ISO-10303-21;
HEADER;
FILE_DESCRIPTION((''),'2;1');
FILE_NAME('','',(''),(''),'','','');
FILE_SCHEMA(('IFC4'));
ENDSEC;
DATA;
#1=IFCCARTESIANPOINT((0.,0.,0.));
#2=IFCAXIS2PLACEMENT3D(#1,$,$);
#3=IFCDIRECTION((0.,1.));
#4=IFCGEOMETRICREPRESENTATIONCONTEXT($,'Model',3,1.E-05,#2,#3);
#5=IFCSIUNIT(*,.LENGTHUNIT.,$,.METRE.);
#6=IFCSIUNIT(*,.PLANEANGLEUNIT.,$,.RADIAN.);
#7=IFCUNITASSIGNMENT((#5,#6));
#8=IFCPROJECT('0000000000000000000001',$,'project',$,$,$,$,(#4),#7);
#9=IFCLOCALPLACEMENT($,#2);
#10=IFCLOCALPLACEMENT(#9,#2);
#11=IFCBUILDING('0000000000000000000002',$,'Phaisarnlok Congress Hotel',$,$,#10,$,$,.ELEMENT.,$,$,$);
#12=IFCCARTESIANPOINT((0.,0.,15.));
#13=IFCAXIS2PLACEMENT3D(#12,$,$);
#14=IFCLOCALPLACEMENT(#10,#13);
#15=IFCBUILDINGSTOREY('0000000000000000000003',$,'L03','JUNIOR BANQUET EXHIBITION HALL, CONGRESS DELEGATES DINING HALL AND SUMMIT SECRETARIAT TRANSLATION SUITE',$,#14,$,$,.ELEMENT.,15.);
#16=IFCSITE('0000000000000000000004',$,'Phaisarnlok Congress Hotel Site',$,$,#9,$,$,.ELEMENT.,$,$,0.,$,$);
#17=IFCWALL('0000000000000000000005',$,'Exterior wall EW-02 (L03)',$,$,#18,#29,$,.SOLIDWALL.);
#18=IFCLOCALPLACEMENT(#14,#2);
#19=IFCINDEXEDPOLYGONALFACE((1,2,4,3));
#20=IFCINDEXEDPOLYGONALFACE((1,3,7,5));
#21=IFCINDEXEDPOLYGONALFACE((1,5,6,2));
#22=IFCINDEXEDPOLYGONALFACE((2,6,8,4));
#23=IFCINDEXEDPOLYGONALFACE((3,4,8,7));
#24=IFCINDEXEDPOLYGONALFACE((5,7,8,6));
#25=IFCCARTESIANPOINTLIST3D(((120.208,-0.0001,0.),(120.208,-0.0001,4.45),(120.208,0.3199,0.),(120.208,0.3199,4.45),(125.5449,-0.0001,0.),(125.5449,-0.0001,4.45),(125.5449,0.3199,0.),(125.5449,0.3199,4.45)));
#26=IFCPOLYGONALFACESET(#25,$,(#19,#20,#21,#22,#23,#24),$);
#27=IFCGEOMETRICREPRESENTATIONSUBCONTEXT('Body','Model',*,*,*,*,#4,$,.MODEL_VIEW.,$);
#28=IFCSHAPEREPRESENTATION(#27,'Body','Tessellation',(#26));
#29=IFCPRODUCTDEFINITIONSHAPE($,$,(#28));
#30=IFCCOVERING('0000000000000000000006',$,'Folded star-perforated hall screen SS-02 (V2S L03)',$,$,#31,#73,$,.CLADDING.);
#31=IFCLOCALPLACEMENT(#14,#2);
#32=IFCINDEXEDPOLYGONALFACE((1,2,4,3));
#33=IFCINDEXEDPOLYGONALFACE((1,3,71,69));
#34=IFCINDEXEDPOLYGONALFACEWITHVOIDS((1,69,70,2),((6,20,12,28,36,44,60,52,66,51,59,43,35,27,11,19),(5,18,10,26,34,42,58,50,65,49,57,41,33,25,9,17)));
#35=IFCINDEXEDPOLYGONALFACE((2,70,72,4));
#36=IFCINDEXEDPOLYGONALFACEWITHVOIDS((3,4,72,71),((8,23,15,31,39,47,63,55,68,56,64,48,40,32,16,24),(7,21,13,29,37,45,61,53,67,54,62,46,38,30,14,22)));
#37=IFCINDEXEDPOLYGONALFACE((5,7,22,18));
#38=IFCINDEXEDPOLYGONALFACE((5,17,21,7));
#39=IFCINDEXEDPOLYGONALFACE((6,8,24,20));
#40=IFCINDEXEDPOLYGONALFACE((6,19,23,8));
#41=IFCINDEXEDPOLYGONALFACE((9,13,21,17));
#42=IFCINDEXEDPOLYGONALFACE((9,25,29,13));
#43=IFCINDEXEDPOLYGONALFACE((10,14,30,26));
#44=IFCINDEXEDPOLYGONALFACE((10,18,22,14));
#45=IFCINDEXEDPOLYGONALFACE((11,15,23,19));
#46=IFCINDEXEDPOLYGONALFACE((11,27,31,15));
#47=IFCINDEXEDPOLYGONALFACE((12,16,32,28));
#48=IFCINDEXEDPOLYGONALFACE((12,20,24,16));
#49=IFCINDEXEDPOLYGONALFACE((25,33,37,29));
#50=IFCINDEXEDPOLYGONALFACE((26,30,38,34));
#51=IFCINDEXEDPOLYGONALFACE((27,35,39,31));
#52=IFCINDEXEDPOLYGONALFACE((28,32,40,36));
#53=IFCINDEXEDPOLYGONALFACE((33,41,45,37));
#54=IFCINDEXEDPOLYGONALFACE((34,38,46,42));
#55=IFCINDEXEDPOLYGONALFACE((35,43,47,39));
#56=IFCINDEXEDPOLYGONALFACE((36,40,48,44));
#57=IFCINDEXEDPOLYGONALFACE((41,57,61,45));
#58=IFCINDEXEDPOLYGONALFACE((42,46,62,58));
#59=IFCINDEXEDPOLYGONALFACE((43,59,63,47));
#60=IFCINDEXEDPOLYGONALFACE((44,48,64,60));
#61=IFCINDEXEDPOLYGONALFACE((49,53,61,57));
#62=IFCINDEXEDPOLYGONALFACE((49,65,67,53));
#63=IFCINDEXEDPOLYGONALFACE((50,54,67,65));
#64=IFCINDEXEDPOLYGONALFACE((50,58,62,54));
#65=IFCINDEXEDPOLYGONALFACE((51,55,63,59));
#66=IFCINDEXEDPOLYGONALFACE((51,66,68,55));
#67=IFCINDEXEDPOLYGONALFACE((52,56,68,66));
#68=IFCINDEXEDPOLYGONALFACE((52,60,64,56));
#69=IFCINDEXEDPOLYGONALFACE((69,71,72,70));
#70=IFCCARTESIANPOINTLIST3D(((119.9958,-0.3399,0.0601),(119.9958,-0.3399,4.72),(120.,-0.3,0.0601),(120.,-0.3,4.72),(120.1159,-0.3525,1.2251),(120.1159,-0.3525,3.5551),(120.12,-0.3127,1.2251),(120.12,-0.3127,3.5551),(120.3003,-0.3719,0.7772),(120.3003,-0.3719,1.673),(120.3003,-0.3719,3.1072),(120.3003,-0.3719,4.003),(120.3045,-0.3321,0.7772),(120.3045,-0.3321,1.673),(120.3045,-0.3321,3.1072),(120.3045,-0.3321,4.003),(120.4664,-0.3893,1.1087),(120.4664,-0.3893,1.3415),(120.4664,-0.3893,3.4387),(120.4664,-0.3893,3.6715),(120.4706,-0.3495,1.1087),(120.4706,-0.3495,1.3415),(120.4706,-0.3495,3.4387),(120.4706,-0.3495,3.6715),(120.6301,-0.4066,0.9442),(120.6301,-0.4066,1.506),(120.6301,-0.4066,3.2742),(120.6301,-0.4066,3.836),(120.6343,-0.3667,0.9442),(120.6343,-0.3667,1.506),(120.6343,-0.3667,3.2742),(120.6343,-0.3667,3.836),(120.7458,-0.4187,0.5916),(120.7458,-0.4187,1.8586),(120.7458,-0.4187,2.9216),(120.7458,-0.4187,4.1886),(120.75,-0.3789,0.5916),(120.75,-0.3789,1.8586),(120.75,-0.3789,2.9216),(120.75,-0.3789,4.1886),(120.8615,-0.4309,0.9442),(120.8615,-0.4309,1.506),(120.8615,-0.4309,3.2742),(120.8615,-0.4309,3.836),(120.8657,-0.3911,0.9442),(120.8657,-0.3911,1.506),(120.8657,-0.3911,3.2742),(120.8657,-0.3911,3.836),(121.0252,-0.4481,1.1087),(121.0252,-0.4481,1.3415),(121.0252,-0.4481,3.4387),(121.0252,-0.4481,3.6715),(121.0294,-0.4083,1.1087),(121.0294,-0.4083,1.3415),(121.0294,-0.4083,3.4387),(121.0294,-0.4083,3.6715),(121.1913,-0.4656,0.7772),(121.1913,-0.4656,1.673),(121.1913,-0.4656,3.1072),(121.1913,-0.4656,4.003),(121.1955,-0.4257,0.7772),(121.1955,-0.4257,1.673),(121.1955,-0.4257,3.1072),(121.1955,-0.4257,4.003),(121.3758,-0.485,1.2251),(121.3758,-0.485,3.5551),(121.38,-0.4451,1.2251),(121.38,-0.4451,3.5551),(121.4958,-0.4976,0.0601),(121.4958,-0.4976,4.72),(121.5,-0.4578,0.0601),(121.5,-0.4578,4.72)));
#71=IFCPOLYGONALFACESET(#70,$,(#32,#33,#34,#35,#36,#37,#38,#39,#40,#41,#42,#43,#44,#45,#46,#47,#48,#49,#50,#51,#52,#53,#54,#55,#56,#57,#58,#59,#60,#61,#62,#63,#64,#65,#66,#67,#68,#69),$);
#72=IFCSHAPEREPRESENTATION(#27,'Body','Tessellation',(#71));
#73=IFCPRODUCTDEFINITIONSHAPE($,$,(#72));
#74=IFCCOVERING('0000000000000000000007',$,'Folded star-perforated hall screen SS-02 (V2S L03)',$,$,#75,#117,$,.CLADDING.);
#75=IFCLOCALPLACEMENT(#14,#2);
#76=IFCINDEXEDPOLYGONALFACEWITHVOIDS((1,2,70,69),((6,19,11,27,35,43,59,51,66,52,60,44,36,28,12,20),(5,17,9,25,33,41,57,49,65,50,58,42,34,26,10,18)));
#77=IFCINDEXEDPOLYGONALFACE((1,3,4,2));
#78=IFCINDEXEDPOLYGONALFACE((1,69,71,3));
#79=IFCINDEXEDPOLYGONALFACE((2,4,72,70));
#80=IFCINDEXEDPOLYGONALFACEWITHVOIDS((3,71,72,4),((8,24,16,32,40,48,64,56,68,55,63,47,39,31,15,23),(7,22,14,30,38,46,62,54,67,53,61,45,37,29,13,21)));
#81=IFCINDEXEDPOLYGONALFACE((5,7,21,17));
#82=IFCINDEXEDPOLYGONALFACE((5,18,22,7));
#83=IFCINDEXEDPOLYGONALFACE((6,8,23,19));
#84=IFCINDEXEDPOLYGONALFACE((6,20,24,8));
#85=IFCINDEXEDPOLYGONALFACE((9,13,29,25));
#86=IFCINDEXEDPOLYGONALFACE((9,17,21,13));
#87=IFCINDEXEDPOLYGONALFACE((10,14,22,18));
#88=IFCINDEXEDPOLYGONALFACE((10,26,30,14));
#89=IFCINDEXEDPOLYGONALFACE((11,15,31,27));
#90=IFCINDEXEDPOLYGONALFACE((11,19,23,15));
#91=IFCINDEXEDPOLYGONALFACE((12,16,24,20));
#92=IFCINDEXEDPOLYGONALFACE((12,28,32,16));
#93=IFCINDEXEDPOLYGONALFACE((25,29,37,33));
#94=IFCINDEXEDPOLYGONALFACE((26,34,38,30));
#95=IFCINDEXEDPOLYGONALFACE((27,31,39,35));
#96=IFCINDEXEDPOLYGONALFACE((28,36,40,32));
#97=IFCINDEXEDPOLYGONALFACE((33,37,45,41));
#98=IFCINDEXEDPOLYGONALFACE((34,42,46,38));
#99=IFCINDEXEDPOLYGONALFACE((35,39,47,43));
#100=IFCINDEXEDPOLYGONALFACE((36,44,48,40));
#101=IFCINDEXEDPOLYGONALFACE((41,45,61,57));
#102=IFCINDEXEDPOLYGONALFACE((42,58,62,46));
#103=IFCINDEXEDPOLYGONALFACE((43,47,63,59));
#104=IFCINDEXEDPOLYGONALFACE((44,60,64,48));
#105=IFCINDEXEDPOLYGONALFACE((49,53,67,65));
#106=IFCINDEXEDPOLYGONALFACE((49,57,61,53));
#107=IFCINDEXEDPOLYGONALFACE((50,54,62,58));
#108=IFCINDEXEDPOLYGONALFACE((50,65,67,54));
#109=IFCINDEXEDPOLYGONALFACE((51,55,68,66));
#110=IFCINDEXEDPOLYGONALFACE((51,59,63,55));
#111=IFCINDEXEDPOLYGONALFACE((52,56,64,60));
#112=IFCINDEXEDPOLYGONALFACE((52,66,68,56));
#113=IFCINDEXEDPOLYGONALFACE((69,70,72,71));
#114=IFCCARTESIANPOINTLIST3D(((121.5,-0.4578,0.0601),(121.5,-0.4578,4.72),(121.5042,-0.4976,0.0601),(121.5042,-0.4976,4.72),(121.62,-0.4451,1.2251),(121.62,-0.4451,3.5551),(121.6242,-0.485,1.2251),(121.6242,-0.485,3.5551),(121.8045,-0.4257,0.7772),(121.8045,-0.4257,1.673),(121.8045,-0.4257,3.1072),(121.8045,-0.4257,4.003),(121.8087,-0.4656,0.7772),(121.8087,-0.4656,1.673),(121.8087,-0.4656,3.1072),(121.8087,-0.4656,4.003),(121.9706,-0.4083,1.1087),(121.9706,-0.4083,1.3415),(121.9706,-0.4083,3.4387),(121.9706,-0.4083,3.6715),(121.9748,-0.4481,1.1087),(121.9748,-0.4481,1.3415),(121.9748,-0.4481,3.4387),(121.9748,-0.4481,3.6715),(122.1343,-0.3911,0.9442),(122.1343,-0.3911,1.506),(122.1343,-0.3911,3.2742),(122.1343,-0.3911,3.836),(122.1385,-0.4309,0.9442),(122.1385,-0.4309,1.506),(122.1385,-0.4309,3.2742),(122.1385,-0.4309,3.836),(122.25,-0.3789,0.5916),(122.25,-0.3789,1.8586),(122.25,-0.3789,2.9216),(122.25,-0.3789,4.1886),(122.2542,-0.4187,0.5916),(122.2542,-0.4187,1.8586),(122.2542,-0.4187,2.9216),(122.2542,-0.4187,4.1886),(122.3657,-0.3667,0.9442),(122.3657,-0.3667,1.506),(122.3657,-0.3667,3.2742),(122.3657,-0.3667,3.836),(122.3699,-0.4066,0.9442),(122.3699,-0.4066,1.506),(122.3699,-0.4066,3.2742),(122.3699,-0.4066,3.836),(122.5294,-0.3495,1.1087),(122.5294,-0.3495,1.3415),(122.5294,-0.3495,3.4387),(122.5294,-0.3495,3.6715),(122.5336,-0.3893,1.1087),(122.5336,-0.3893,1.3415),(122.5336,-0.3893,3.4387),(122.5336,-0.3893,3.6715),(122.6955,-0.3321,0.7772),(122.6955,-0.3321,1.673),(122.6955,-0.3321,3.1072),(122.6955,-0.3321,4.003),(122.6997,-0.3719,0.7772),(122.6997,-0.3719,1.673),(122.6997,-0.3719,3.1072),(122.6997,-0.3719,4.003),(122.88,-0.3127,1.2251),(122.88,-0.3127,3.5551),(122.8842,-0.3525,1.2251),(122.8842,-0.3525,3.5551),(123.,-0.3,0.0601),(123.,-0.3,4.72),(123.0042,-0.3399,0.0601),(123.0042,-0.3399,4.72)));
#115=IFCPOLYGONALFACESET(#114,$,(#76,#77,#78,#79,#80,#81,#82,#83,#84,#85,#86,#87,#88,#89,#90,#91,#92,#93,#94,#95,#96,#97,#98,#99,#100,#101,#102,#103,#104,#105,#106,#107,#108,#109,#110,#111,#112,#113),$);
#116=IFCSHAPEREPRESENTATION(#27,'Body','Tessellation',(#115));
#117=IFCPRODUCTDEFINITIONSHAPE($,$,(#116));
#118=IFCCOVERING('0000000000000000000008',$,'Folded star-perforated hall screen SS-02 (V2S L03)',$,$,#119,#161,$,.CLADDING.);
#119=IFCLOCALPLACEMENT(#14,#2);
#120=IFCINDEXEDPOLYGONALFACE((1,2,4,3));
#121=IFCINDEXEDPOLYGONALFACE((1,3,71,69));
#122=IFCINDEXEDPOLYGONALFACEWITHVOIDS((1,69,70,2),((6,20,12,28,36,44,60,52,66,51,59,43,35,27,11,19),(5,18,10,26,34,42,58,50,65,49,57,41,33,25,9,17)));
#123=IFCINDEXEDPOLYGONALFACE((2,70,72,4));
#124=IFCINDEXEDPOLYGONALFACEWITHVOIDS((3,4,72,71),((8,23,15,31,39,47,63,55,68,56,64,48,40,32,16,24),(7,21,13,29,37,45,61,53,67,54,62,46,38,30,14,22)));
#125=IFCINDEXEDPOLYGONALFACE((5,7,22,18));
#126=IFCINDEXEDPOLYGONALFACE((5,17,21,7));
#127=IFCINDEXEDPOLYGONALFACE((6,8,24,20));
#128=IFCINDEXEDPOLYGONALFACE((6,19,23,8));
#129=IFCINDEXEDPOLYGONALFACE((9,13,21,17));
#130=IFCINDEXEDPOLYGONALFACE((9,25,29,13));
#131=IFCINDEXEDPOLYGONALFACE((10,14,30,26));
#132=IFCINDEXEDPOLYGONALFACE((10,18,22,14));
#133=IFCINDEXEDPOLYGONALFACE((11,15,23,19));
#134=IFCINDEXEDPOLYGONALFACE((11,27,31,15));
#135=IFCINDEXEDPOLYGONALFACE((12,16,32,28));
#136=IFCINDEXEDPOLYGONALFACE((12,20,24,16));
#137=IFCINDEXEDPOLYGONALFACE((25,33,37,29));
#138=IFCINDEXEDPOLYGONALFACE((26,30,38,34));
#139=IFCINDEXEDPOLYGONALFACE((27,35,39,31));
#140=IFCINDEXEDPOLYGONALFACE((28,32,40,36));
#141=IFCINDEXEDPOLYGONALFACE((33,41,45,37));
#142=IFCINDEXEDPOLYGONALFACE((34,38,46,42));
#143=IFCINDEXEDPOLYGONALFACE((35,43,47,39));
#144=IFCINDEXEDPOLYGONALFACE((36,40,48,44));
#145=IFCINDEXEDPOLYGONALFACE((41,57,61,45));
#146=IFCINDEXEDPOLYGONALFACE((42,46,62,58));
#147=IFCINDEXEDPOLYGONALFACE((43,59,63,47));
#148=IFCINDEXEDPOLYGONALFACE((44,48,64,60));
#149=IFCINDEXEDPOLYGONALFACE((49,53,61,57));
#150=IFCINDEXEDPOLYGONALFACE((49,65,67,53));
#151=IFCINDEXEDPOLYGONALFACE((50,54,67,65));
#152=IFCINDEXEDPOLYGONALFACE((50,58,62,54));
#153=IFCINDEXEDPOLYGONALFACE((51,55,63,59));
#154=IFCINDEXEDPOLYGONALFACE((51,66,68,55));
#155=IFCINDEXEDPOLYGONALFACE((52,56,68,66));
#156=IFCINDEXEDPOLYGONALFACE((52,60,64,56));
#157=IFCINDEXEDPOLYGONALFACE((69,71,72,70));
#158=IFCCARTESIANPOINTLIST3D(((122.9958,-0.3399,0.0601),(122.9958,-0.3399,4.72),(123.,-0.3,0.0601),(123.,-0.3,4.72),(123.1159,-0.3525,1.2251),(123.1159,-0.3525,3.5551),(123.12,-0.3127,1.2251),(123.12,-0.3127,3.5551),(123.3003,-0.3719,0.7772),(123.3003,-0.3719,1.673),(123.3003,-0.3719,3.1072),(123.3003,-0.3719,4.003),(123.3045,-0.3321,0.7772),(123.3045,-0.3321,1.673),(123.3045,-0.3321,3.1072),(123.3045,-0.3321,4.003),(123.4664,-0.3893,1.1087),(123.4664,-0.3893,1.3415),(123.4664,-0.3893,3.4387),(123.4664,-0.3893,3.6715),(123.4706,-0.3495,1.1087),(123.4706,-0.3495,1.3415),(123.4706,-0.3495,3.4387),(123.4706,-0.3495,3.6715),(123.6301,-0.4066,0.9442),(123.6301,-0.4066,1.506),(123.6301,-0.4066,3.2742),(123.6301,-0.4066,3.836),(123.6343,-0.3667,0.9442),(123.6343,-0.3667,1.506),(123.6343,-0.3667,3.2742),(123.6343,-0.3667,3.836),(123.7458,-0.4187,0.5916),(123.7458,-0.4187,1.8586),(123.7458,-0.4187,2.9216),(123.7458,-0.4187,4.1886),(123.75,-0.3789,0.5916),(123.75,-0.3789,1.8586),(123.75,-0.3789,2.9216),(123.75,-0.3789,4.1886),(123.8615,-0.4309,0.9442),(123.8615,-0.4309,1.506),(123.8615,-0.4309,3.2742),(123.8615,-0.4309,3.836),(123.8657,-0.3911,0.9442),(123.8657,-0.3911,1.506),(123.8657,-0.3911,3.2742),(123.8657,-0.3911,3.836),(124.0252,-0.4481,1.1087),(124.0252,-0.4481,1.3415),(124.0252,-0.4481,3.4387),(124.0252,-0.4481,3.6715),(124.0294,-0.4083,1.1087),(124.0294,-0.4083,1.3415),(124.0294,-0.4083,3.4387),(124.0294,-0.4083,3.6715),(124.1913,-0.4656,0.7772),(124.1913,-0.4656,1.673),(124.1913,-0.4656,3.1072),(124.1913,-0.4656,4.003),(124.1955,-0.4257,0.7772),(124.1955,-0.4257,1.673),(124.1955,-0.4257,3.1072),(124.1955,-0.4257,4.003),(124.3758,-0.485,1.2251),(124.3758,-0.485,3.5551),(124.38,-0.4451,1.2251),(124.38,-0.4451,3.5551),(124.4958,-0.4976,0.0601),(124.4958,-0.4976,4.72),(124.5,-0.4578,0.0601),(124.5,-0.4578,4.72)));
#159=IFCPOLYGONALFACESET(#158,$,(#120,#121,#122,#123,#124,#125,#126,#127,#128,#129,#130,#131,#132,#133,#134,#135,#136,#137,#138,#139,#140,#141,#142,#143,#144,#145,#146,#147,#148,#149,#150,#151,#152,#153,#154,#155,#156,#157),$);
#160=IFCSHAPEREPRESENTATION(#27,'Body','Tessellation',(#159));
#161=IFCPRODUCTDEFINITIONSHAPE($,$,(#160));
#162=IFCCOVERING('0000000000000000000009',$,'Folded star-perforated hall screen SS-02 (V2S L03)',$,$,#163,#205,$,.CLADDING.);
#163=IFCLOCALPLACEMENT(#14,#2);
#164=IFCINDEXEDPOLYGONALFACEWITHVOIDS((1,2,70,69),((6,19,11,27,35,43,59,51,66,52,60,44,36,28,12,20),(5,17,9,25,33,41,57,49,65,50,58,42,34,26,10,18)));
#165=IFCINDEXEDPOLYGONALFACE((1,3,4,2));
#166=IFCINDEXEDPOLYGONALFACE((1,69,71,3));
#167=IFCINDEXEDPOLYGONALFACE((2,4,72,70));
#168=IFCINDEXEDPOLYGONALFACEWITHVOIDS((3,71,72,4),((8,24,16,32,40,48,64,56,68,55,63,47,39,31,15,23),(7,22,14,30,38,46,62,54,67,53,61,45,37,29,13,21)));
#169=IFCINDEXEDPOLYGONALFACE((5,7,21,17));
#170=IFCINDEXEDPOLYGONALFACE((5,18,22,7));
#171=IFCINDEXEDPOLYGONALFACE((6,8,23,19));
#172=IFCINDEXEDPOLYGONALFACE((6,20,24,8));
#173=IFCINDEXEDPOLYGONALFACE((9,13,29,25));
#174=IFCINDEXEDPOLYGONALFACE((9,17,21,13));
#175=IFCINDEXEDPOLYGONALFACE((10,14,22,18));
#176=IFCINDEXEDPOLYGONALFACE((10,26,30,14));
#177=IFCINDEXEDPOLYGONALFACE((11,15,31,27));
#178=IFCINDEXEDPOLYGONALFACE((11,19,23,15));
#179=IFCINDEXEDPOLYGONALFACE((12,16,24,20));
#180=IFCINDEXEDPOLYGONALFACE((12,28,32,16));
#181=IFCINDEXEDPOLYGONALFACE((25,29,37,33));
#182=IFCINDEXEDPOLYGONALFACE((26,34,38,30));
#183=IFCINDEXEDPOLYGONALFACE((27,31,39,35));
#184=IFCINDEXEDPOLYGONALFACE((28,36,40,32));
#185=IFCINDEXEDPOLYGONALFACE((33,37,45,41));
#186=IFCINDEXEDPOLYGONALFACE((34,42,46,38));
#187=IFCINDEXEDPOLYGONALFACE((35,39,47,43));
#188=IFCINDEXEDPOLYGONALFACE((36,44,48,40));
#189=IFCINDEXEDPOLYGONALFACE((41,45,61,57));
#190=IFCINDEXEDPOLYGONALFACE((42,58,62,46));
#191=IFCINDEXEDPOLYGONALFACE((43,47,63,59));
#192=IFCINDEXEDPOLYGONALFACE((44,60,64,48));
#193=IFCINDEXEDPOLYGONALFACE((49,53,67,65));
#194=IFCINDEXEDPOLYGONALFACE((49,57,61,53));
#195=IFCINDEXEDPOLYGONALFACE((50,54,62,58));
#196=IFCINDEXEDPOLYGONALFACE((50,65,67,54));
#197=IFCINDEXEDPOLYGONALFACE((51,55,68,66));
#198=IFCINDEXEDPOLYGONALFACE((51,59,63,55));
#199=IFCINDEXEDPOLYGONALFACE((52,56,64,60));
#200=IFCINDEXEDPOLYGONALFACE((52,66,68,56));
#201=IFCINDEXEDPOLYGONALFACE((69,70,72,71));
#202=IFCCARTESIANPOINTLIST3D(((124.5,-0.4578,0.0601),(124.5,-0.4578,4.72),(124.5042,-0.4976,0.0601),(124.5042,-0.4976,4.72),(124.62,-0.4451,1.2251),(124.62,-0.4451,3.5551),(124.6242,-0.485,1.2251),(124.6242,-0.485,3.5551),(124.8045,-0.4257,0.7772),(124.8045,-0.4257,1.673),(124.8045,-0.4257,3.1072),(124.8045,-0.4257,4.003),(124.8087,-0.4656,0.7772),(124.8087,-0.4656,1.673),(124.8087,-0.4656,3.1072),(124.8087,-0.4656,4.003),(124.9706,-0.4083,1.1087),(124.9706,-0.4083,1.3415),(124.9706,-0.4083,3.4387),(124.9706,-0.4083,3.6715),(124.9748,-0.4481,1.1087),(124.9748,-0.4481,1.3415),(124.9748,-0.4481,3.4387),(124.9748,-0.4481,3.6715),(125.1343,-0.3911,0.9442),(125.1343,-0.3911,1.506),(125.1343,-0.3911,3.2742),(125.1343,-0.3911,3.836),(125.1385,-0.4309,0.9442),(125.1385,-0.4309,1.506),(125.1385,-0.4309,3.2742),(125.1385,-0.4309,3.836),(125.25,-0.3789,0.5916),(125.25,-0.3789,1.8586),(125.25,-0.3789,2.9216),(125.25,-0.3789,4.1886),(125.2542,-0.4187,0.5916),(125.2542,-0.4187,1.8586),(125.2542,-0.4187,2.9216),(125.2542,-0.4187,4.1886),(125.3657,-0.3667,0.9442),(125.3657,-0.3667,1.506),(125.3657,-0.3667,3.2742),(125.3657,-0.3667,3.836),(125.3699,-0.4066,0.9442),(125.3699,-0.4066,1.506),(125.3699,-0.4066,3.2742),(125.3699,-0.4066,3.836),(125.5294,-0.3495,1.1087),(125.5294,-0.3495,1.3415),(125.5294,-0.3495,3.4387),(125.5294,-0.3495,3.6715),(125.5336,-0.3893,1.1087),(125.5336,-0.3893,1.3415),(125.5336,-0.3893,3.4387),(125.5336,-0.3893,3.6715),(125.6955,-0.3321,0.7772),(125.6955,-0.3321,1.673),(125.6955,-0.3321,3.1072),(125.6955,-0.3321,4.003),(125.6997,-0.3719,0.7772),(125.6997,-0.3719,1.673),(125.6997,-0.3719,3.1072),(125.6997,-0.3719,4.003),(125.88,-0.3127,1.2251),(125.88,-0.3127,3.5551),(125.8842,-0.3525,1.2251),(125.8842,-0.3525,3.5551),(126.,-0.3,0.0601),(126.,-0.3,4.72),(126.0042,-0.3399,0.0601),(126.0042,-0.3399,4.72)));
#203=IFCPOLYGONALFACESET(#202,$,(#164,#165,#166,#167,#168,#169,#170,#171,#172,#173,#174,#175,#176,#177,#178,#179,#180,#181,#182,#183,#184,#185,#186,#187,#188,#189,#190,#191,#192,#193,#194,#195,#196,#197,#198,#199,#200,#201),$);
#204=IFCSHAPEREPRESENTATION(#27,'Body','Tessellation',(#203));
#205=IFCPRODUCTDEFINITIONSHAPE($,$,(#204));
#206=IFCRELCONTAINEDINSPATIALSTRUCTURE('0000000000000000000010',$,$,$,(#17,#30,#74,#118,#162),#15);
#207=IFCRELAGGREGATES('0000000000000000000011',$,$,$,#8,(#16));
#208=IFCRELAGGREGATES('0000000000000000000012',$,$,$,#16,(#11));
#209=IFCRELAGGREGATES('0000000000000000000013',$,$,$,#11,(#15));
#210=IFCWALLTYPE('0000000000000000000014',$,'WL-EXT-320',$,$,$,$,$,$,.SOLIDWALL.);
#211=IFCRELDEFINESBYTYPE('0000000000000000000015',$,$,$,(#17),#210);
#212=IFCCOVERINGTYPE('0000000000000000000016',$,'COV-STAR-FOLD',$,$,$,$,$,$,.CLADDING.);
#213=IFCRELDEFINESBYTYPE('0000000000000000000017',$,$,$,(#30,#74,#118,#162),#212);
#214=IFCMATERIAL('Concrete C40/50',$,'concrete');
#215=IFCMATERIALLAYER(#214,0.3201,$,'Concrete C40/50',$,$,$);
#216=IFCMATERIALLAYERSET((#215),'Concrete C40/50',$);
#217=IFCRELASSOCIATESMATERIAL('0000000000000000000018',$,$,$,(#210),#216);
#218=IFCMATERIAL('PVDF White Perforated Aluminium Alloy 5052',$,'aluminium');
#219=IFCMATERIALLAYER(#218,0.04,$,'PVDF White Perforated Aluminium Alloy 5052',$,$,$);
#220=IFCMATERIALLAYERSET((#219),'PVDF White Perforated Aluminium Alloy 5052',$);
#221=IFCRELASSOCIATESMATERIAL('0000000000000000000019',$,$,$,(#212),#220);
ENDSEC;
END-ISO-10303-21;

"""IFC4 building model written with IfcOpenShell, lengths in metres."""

from ifc_helpers import new_model, si_unit, direction, frame, frame_2d, origin, place, context, subcontext, project, spatial, polyline, rectangle, outline, extrude, material, layer, layer_set, type_object, element, save


model = new_model("IFC4")

# Units and contexts
model_context = context("Model", 3, precision=1e-05, world=origin(), true_north=direction((0.0, 1.0)))
body_context = subcontext(model_context, "Body", "Model", "MODEL_VIEW")
ifc_project = project(units=[si_unit("LENGTHUNIT", "METRE"), si_unit("PLANEANGLEUNIT", "RADIAN")], contexts=[model_context])

# Site, building, storey
site_placement = place(None, origin())
site = spatial("IfcSite", under=ifc_project, at=site_placement, Name="Phaisarnlok Congress Hotel Site", CompositionType="ELEMENT", RefElevation=0.0)
building_placement = place(site_placement, origin())
building = spatial("IfcBuilding", under=site, at=building_placement, Name="Phaisarnlok Congress Hotel", CompositionType="ELEMENT")
storey_placement = place(building_placement, frame((0.0, 0.0, 15.0)))
storey = spatial("IfcBuildingStorey", under=building, at=storey_placement, Name="L03", Description="JUNIOR BANQUET EXHIBITION HALL, CONGRESS DELEGATES DINING HALL AND SUMMIT SECRETARIAT TRANSLATION SUITE", CompositionType="ELEMENT", Elevation=15.0)

# Wall
ifc_material_1 = material(Name="Concrete C40/50", Category="concrete")
ifc_layer_1 = layer(ifc_material_1, 0.3201, Name="Concrete C40/50")
ifc_layer_set_1 = layer_set([ifc_layer_1], Name="Concrete C40/50")
wall_type = type_object("IfcWallType", Name="WL-EXT-320", PredefinedType="SOLIDWALL", material=ifc_layer_set_1)
wall_placement = place(storey_placement, frame((120.208, 0.1599, 0.0), z_axis=(0.0, 0.0, 1.0), x_axis=(1.0, 0.0, 0.0)))
element("IfcWall", 1, at=wall_placement, inside=storey, type_object=wall_type, Name="Exterior wall EW-02 (L03)", PredefinedType="SOLIDWALL", context=body_context, shape_type="SweptSolid", body=[
    extrude(rectangle(XDim=5.3369, YDim=0.3201, at=frame_2d((2.6685, 0.0))), origin(), (0.0, 0.0, 1.0), 4.45),
])

# Coverings
ifc_material_2 = material(Name="PVDF White Perforated Aluminium Alloy 5052", Category="aluminium")
ifc_layer_2 = layer(ifc_material_2, 0.04, Name="PVDF White Perforated Aluminium Alloy 5052")
ifc_layer_set_2 = layer_set([ifc_layer_2], Name="PVDF White Perforated Aluminium Alloy 5052")
covering_type = type_object("IfcCoveringType", Name="COV-STAR-FOLD", PredefinedType="CLADDING", material=ifc_layer_set_2)
for number, where, z_axis, x_axis, name in (
    (2, (120.0, -0.3, 0.0601), (-0.104567, -0.994518, 0.0), (0.994518, -0.104567, 0.0), "Folded star-perforated hall screen SS-02 (V2S L03)"),
    (3, (121.5, -0.4578, 0.0601), (0.104567, -0.994518, 0.0), (0.994518, 0.104567, 0.0), "Folded star-perforated hall screen SS-02 (V2S L03)"),
    (4, (123.0, -0.3, 0.0601), (-0.104567, -0.994518, 0.0), (0.994518, -0.104567, 0.0), "Folded star-perforated hall screen SS-02 (V2S L03)"),
    (5, (124.5, -0.4578, 0.0601), (0.104567, -0.994518, 0.0), (0.994518, 0.104567, 0.0), "Folded star-perforated hall screen SS-02 (V2S L03)"),
):
    element("IfcCovering", number, at=place(storey_placement, frame(where, z_axis=z_axis, x_axis=x_axis)), inside=storey, type_object=covering_type, Name=name, PredefinedType="CLADDING", context=body_context, shape_type="SweptSolid", body=[
        extrude(outline(polyline([(0.0, 0.0), (1.5083, 0.0), (1.5083, 4.6599), (0.0, 4.6599), (0.0, 0.0)]), holes=[polyline([(1.0351, 1.0486), (1.2021, 0.7171), (0.8705, 0.8841), (0.7541, 0.5315), (0.6378, 0.8841), (0.3062, 0.7171), (0.4732, 1.0486), (0.1207, 1.165), (0.4732, 1.2814), (0.3062, 1.6129), (0.6378, 1.4459), (0.7541, 1.7985), (0.8705, 1.4459), (1.2021, 1.6129), (1.0351, 1.2814), (1.3876, 1.165), (1.0351, 1.0486)]), polyline([(1.0351, 3.3786), (1.2021, 3.0471), (0.8705, 3.2141), (0.7541, 2.8615), (0.6378, 3.2141), (0.3062, 3.0471), (0.4732, 3.3786), (0.1207, 3.495), (0.4732, 3.6114), (0.3062, 3.9429), (0.6378, 3.7759), (0.7541, 4.1285), (0.8705, 3.7759), (1.2021, 3.9429), (1.0351, 3.6114), (1.3876, 3.495), (1.0351, 3.3786)])]), origin(), (0.0, 0.0, 1.0), 0.04),
    ])

save(model, "model.ifc")
